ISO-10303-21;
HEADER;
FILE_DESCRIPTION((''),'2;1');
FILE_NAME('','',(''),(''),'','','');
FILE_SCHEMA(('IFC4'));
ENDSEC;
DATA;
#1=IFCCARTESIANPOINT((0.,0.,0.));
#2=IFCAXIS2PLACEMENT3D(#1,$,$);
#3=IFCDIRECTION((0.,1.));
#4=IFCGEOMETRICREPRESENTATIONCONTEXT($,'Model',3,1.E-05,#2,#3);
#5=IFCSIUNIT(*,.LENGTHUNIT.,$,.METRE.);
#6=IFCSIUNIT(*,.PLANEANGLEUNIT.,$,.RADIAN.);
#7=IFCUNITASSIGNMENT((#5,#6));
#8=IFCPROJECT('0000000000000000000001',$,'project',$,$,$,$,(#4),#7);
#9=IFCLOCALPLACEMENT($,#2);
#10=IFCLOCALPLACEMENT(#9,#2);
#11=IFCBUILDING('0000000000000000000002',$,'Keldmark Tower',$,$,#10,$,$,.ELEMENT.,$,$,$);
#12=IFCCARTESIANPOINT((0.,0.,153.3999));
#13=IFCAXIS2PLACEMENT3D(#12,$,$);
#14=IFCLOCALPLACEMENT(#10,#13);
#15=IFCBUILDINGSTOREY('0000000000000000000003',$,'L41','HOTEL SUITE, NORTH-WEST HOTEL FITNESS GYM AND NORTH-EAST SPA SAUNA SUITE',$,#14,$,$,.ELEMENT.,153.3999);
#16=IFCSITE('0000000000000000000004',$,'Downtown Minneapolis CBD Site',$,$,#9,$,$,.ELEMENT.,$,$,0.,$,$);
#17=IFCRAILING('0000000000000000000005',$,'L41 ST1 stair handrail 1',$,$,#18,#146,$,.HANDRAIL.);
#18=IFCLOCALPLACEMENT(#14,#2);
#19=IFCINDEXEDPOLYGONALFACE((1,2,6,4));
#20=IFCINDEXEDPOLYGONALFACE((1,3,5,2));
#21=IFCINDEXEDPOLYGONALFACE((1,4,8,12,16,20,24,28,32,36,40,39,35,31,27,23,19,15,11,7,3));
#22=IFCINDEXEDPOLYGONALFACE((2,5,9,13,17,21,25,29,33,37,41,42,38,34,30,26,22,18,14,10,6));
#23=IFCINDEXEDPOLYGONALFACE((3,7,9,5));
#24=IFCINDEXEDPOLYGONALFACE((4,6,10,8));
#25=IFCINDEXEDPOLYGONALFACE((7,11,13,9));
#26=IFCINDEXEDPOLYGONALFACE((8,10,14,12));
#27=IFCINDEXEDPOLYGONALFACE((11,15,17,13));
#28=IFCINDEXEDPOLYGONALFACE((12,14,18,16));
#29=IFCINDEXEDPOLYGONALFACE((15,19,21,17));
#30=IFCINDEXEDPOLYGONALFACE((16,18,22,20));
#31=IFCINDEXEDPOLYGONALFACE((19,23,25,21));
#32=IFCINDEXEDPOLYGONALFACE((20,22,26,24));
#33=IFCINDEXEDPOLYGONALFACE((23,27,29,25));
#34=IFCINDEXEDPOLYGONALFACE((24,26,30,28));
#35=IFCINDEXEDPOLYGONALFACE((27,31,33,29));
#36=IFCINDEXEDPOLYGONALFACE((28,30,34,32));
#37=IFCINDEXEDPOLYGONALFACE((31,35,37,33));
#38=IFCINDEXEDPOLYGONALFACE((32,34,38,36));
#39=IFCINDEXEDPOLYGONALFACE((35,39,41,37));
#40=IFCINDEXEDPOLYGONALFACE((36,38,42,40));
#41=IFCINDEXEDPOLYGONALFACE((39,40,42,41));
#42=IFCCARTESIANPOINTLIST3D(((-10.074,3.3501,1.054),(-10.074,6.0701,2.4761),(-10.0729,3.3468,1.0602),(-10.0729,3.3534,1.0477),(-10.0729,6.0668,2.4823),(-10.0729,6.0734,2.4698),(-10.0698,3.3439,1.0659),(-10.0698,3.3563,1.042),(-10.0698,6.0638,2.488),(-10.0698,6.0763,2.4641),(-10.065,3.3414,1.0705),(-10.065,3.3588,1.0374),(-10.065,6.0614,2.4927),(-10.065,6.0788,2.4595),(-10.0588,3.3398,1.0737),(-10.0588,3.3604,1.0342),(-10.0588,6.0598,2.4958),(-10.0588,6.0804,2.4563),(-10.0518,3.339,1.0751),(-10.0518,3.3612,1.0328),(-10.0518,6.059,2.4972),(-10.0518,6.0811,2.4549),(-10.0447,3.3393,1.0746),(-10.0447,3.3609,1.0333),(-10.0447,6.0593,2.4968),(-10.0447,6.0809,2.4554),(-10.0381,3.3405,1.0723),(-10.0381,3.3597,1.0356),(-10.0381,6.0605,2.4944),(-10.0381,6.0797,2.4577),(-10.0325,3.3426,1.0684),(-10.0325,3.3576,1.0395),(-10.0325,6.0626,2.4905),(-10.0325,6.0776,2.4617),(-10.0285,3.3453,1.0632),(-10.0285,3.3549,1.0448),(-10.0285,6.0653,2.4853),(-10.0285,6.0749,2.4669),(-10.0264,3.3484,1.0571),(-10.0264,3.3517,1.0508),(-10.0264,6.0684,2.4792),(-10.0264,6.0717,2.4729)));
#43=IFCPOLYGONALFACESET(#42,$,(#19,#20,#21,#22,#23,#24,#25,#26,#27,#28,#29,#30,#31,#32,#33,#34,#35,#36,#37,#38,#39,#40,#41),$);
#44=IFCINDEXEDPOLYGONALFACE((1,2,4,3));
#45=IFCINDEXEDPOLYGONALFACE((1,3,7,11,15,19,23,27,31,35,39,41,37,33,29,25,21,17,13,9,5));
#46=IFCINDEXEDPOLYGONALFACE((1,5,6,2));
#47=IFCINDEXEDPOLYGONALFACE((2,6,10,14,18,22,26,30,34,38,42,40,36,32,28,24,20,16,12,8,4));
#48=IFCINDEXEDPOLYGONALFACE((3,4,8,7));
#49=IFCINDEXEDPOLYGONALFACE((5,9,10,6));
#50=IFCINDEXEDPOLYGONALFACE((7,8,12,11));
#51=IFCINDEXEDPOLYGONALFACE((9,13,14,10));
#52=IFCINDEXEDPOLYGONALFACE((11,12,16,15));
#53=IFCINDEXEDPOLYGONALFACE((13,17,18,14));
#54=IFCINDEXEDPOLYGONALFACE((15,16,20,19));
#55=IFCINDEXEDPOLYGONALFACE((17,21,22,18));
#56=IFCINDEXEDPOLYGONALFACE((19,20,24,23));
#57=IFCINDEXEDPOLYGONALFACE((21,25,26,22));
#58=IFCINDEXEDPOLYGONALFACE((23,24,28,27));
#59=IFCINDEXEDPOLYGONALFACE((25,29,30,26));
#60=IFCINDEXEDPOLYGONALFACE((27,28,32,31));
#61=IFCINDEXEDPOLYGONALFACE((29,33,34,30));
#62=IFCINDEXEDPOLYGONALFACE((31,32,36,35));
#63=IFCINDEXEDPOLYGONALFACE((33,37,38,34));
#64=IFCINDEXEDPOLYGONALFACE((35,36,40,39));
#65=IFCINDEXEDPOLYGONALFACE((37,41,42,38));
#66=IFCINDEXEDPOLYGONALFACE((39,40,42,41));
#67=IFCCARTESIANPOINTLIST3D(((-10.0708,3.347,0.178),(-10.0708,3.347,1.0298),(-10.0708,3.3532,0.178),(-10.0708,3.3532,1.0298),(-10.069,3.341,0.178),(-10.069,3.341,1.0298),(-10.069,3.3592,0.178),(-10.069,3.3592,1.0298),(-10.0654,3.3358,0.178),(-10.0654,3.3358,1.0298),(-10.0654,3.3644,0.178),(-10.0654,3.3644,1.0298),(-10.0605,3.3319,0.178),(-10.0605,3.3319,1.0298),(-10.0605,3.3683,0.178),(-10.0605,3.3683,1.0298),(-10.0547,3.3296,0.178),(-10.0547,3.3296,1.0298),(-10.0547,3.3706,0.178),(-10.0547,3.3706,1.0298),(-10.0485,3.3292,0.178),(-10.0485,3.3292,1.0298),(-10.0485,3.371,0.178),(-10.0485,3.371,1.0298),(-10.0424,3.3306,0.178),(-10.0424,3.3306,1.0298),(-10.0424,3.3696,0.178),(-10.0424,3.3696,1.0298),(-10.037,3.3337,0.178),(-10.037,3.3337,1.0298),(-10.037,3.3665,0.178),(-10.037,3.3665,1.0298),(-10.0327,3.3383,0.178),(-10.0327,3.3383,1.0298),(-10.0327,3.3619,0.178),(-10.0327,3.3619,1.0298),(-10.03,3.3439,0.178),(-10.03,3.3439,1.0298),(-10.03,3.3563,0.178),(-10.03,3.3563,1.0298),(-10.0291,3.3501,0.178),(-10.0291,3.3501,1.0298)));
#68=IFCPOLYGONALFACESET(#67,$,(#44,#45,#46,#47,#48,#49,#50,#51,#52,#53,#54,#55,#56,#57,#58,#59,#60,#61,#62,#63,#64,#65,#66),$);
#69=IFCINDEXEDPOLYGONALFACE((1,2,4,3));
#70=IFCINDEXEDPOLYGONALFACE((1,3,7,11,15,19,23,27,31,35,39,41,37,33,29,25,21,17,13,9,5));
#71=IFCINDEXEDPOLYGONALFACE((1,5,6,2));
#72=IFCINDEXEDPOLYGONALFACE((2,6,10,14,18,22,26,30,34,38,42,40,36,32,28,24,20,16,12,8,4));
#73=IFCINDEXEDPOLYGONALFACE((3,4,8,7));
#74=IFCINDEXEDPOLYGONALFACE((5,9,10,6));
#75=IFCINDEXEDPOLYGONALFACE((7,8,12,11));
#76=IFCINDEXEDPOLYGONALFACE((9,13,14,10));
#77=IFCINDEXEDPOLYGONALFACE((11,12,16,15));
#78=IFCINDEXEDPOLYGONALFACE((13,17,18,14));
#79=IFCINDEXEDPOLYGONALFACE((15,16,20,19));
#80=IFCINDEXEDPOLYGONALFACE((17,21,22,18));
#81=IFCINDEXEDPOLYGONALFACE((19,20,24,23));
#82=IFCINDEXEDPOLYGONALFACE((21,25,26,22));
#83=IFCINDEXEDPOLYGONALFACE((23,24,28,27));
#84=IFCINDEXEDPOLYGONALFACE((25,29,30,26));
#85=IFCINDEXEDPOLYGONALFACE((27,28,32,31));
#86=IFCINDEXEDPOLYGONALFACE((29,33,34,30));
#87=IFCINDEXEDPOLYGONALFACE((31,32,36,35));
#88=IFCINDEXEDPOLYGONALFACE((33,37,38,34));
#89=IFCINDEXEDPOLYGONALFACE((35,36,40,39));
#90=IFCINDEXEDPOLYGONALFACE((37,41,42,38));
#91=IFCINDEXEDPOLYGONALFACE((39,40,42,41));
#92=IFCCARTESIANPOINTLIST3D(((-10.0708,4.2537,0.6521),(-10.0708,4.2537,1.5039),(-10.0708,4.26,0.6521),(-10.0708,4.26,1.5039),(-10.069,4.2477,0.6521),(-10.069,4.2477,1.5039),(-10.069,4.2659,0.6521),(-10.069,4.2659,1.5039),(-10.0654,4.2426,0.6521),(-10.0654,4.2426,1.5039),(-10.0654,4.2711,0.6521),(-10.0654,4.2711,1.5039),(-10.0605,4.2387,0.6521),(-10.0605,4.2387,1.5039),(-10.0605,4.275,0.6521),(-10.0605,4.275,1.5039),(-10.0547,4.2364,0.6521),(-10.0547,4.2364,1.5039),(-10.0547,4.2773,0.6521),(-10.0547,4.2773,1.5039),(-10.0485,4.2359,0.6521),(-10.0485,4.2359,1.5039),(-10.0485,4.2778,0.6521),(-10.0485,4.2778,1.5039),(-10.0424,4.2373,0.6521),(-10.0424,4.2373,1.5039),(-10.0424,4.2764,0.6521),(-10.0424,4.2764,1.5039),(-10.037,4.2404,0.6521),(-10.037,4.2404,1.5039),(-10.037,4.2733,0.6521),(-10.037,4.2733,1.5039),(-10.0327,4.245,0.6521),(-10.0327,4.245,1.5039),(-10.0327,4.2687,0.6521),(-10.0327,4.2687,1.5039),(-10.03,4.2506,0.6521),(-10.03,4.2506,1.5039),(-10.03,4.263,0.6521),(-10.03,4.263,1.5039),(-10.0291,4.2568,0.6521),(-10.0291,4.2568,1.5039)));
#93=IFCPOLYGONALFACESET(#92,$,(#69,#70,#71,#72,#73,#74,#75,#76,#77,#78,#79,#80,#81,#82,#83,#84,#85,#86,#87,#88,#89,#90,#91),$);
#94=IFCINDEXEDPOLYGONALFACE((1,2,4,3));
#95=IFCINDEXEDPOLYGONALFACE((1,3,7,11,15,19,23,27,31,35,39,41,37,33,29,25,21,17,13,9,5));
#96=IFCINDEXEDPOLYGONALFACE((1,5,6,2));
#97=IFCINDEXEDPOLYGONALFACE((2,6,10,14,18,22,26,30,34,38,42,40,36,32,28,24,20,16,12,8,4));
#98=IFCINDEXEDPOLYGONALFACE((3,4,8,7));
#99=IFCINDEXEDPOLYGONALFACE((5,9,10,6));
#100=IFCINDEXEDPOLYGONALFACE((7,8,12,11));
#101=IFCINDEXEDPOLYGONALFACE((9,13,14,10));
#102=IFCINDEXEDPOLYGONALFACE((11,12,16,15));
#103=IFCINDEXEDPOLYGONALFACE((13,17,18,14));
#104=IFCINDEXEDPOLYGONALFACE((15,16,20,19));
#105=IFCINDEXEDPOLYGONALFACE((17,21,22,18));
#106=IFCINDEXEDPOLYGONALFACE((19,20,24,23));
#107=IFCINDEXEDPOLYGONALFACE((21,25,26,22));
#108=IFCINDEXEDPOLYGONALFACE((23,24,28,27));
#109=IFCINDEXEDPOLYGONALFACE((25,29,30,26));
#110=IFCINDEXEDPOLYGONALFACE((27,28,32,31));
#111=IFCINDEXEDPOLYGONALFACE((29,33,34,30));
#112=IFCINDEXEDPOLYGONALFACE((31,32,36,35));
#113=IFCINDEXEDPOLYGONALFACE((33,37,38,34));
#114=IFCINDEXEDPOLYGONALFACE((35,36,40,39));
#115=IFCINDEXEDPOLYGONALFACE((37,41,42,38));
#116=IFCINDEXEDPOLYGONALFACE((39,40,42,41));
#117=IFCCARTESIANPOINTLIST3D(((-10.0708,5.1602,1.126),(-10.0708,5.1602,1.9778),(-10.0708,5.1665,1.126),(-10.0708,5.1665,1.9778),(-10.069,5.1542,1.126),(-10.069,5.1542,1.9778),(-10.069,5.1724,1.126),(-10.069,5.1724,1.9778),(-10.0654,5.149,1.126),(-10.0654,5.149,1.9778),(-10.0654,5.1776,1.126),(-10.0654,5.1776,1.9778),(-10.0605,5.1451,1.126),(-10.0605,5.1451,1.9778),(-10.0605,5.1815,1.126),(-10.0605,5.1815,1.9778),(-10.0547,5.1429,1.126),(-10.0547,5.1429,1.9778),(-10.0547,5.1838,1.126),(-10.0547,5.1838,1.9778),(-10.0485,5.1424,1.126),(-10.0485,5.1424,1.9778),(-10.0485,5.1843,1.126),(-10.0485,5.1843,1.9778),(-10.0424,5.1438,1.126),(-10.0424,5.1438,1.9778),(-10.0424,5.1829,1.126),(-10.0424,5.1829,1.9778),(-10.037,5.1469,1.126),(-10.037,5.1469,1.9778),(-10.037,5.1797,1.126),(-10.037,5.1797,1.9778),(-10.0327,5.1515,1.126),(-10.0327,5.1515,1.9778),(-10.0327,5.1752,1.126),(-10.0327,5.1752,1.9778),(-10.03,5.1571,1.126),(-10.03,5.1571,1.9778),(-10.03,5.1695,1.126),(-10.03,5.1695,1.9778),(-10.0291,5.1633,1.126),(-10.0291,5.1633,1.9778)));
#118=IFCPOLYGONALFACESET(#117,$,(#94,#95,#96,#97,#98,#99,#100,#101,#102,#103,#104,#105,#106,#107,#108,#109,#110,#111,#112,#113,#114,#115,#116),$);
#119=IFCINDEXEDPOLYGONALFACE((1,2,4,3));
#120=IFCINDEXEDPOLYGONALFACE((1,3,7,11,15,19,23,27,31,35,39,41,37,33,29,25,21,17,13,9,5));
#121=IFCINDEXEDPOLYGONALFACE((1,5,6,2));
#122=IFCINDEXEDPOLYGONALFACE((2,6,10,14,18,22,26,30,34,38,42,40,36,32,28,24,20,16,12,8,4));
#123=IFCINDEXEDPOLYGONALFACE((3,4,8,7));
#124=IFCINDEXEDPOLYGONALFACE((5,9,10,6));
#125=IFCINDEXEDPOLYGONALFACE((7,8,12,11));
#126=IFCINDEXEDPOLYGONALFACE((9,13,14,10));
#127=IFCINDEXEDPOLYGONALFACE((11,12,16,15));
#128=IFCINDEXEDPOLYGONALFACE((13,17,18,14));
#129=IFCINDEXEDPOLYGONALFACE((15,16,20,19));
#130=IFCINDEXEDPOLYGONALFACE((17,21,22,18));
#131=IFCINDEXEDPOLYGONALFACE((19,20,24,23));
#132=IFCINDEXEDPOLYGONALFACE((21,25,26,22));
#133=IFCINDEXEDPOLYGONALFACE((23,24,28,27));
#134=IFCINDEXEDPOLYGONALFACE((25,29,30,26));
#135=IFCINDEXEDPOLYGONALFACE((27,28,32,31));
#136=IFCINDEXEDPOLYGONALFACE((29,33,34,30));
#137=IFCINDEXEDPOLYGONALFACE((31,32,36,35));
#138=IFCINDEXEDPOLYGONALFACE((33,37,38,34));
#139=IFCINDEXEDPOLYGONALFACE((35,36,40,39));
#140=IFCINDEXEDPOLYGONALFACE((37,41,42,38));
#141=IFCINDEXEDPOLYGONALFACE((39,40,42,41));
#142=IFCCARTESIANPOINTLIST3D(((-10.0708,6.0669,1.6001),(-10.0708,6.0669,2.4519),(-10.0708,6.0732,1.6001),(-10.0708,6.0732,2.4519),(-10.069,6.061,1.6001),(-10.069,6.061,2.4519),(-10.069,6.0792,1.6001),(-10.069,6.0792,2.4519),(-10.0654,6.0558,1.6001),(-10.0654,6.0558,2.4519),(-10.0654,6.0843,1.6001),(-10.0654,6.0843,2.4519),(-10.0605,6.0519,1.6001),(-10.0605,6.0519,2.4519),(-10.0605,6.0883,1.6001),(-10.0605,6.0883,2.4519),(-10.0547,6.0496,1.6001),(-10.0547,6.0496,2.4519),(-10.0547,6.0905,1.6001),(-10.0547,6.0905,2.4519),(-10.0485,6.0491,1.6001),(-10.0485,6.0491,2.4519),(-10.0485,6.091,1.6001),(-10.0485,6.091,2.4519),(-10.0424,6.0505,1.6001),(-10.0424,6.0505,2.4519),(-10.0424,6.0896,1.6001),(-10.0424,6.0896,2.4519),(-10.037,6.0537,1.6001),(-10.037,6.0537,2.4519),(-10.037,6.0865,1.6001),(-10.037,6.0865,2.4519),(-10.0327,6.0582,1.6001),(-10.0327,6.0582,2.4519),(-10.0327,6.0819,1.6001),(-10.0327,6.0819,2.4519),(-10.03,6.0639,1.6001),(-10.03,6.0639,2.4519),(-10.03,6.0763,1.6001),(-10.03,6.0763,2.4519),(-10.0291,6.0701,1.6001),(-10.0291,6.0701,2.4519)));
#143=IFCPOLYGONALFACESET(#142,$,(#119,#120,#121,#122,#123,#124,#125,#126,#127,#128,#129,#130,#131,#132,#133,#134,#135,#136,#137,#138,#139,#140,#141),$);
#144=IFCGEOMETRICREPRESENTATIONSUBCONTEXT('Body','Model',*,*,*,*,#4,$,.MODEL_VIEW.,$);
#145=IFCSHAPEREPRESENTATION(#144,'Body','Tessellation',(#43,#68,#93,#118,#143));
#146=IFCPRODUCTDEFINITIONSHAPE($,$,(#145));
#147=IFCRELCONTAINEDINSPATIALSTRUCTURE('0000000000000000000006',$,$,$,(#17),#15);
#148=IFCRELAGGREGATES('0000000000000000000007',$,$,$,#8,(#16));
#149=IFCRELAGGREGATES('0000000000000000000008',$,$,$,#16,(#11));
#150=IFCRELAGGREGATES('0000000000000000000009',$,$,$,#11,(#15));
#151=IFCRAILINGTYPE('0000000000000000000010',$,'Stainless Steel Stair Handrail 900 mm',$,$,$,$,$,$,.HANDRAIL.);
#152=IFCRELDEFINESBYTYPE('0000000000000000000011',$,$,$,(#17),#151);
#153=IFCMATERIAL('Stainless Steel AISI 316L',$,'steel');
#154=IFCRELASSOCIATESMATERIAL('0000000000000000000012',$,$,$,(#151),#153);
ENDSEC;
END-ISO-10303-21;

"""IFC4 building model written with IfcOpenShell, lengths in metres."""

from ifc_helpers import new_model, si_unit, direction, frame, origin, origin_2d, place, context, subcontext, project, spatial, circle, extrude, material, type_object, element, save


model = new_model("IFC4")

# Units and contexts
model_context = context("Model", 3, precision=1e-05, world=origin(), true_north=direction((0.0, 1.0)))
body_context = subcontext(model_context, "Body", "Model", "MODEL_VIEW")
ifc_project = project(units=[si_unit("LENGTHUNIT", "METRE"), si_unit("PLANEANGLEUNIT", "RADIAN")], contexts=[model_context])

# Site, building, storey
site_placement = place(None, origin())
site = spatial("IfcSite", under=ifc_project, at=site_placement, Name="Downtown Minneapolis CBD Site", CompositionType="ELEMENT", RefElevation=0.0)
building_placement = place(site_placement, origin())
building = spatial("IfcBuilding", under=site, at=building_placement, Name="Keldmark Tower", CompositionType="ELEMENT")
storey_placement = place(building_placement, frame((0.0, 0.0, 153.3999)))
storey = spatial("IfcBuildingStorey", under=building, at=storey_placement, Name="L41", Description="HOTEL SUITE, NORTH-WEST HOTEL FITNESS GYM AND NORTH-EAST SPA SAUNA SUITE", CompositionType="ELEMENT", Elevation=153.3999)

# Railing
ifc_material_1 = material(Name="Stainless Steel AISI 316L", Category="steel")
railing_type_1 = type_object("IfcRailingType", Name="Stainless Steel Stair Handrail 900 mm", PredefinedType="HANDRAIL", material=ifc_material_1)
railing_1_placement = place(storey_placement, frame((-10.05, 3.3501, 0.178)))
element("IfcRailing", 1, at=railing_1_placement, inside=storey, type_object=railing_type_1, Name="L41 ST1 stair handrail 1", PredefinedType="HANDRAIL", context=body_context, shape_type="SweptSolid", body=[
    extrude(circle(Radius=0.0239, at=origin_2d()), frame((0.0, 0.0, 0.876), z_axis=(0.0, 0.886183, 0.463335), x_axis=(-1.0, 0.0, 0.0)), (0.0, 0.0, 1.0), 3.0693),
    extrude(circle(Radius=0.021, at=origin_2d()), origin(), (0.0, 0.0, 1.0), 0.8518),
    extrude(circle(Radius=0.021, at=origin_2d()), frame((0.0, 0.9067, 0.4741)), (0.0, 0.0, 1.0), 0.8518),
    extrude(circle(Radius=0.021, at=origin_2d()), frame((0.0, 1.8132, 0.948)), (0.0, 0.0, 1.0), 0.8518),
    extrude(circle(Radius=0.021, at=origin_2d()), frame((0.0, 2.72, 1.4221)), (0.0, 0.0, 1.0), 0.8518),
])

save(model, "model.ifc")
